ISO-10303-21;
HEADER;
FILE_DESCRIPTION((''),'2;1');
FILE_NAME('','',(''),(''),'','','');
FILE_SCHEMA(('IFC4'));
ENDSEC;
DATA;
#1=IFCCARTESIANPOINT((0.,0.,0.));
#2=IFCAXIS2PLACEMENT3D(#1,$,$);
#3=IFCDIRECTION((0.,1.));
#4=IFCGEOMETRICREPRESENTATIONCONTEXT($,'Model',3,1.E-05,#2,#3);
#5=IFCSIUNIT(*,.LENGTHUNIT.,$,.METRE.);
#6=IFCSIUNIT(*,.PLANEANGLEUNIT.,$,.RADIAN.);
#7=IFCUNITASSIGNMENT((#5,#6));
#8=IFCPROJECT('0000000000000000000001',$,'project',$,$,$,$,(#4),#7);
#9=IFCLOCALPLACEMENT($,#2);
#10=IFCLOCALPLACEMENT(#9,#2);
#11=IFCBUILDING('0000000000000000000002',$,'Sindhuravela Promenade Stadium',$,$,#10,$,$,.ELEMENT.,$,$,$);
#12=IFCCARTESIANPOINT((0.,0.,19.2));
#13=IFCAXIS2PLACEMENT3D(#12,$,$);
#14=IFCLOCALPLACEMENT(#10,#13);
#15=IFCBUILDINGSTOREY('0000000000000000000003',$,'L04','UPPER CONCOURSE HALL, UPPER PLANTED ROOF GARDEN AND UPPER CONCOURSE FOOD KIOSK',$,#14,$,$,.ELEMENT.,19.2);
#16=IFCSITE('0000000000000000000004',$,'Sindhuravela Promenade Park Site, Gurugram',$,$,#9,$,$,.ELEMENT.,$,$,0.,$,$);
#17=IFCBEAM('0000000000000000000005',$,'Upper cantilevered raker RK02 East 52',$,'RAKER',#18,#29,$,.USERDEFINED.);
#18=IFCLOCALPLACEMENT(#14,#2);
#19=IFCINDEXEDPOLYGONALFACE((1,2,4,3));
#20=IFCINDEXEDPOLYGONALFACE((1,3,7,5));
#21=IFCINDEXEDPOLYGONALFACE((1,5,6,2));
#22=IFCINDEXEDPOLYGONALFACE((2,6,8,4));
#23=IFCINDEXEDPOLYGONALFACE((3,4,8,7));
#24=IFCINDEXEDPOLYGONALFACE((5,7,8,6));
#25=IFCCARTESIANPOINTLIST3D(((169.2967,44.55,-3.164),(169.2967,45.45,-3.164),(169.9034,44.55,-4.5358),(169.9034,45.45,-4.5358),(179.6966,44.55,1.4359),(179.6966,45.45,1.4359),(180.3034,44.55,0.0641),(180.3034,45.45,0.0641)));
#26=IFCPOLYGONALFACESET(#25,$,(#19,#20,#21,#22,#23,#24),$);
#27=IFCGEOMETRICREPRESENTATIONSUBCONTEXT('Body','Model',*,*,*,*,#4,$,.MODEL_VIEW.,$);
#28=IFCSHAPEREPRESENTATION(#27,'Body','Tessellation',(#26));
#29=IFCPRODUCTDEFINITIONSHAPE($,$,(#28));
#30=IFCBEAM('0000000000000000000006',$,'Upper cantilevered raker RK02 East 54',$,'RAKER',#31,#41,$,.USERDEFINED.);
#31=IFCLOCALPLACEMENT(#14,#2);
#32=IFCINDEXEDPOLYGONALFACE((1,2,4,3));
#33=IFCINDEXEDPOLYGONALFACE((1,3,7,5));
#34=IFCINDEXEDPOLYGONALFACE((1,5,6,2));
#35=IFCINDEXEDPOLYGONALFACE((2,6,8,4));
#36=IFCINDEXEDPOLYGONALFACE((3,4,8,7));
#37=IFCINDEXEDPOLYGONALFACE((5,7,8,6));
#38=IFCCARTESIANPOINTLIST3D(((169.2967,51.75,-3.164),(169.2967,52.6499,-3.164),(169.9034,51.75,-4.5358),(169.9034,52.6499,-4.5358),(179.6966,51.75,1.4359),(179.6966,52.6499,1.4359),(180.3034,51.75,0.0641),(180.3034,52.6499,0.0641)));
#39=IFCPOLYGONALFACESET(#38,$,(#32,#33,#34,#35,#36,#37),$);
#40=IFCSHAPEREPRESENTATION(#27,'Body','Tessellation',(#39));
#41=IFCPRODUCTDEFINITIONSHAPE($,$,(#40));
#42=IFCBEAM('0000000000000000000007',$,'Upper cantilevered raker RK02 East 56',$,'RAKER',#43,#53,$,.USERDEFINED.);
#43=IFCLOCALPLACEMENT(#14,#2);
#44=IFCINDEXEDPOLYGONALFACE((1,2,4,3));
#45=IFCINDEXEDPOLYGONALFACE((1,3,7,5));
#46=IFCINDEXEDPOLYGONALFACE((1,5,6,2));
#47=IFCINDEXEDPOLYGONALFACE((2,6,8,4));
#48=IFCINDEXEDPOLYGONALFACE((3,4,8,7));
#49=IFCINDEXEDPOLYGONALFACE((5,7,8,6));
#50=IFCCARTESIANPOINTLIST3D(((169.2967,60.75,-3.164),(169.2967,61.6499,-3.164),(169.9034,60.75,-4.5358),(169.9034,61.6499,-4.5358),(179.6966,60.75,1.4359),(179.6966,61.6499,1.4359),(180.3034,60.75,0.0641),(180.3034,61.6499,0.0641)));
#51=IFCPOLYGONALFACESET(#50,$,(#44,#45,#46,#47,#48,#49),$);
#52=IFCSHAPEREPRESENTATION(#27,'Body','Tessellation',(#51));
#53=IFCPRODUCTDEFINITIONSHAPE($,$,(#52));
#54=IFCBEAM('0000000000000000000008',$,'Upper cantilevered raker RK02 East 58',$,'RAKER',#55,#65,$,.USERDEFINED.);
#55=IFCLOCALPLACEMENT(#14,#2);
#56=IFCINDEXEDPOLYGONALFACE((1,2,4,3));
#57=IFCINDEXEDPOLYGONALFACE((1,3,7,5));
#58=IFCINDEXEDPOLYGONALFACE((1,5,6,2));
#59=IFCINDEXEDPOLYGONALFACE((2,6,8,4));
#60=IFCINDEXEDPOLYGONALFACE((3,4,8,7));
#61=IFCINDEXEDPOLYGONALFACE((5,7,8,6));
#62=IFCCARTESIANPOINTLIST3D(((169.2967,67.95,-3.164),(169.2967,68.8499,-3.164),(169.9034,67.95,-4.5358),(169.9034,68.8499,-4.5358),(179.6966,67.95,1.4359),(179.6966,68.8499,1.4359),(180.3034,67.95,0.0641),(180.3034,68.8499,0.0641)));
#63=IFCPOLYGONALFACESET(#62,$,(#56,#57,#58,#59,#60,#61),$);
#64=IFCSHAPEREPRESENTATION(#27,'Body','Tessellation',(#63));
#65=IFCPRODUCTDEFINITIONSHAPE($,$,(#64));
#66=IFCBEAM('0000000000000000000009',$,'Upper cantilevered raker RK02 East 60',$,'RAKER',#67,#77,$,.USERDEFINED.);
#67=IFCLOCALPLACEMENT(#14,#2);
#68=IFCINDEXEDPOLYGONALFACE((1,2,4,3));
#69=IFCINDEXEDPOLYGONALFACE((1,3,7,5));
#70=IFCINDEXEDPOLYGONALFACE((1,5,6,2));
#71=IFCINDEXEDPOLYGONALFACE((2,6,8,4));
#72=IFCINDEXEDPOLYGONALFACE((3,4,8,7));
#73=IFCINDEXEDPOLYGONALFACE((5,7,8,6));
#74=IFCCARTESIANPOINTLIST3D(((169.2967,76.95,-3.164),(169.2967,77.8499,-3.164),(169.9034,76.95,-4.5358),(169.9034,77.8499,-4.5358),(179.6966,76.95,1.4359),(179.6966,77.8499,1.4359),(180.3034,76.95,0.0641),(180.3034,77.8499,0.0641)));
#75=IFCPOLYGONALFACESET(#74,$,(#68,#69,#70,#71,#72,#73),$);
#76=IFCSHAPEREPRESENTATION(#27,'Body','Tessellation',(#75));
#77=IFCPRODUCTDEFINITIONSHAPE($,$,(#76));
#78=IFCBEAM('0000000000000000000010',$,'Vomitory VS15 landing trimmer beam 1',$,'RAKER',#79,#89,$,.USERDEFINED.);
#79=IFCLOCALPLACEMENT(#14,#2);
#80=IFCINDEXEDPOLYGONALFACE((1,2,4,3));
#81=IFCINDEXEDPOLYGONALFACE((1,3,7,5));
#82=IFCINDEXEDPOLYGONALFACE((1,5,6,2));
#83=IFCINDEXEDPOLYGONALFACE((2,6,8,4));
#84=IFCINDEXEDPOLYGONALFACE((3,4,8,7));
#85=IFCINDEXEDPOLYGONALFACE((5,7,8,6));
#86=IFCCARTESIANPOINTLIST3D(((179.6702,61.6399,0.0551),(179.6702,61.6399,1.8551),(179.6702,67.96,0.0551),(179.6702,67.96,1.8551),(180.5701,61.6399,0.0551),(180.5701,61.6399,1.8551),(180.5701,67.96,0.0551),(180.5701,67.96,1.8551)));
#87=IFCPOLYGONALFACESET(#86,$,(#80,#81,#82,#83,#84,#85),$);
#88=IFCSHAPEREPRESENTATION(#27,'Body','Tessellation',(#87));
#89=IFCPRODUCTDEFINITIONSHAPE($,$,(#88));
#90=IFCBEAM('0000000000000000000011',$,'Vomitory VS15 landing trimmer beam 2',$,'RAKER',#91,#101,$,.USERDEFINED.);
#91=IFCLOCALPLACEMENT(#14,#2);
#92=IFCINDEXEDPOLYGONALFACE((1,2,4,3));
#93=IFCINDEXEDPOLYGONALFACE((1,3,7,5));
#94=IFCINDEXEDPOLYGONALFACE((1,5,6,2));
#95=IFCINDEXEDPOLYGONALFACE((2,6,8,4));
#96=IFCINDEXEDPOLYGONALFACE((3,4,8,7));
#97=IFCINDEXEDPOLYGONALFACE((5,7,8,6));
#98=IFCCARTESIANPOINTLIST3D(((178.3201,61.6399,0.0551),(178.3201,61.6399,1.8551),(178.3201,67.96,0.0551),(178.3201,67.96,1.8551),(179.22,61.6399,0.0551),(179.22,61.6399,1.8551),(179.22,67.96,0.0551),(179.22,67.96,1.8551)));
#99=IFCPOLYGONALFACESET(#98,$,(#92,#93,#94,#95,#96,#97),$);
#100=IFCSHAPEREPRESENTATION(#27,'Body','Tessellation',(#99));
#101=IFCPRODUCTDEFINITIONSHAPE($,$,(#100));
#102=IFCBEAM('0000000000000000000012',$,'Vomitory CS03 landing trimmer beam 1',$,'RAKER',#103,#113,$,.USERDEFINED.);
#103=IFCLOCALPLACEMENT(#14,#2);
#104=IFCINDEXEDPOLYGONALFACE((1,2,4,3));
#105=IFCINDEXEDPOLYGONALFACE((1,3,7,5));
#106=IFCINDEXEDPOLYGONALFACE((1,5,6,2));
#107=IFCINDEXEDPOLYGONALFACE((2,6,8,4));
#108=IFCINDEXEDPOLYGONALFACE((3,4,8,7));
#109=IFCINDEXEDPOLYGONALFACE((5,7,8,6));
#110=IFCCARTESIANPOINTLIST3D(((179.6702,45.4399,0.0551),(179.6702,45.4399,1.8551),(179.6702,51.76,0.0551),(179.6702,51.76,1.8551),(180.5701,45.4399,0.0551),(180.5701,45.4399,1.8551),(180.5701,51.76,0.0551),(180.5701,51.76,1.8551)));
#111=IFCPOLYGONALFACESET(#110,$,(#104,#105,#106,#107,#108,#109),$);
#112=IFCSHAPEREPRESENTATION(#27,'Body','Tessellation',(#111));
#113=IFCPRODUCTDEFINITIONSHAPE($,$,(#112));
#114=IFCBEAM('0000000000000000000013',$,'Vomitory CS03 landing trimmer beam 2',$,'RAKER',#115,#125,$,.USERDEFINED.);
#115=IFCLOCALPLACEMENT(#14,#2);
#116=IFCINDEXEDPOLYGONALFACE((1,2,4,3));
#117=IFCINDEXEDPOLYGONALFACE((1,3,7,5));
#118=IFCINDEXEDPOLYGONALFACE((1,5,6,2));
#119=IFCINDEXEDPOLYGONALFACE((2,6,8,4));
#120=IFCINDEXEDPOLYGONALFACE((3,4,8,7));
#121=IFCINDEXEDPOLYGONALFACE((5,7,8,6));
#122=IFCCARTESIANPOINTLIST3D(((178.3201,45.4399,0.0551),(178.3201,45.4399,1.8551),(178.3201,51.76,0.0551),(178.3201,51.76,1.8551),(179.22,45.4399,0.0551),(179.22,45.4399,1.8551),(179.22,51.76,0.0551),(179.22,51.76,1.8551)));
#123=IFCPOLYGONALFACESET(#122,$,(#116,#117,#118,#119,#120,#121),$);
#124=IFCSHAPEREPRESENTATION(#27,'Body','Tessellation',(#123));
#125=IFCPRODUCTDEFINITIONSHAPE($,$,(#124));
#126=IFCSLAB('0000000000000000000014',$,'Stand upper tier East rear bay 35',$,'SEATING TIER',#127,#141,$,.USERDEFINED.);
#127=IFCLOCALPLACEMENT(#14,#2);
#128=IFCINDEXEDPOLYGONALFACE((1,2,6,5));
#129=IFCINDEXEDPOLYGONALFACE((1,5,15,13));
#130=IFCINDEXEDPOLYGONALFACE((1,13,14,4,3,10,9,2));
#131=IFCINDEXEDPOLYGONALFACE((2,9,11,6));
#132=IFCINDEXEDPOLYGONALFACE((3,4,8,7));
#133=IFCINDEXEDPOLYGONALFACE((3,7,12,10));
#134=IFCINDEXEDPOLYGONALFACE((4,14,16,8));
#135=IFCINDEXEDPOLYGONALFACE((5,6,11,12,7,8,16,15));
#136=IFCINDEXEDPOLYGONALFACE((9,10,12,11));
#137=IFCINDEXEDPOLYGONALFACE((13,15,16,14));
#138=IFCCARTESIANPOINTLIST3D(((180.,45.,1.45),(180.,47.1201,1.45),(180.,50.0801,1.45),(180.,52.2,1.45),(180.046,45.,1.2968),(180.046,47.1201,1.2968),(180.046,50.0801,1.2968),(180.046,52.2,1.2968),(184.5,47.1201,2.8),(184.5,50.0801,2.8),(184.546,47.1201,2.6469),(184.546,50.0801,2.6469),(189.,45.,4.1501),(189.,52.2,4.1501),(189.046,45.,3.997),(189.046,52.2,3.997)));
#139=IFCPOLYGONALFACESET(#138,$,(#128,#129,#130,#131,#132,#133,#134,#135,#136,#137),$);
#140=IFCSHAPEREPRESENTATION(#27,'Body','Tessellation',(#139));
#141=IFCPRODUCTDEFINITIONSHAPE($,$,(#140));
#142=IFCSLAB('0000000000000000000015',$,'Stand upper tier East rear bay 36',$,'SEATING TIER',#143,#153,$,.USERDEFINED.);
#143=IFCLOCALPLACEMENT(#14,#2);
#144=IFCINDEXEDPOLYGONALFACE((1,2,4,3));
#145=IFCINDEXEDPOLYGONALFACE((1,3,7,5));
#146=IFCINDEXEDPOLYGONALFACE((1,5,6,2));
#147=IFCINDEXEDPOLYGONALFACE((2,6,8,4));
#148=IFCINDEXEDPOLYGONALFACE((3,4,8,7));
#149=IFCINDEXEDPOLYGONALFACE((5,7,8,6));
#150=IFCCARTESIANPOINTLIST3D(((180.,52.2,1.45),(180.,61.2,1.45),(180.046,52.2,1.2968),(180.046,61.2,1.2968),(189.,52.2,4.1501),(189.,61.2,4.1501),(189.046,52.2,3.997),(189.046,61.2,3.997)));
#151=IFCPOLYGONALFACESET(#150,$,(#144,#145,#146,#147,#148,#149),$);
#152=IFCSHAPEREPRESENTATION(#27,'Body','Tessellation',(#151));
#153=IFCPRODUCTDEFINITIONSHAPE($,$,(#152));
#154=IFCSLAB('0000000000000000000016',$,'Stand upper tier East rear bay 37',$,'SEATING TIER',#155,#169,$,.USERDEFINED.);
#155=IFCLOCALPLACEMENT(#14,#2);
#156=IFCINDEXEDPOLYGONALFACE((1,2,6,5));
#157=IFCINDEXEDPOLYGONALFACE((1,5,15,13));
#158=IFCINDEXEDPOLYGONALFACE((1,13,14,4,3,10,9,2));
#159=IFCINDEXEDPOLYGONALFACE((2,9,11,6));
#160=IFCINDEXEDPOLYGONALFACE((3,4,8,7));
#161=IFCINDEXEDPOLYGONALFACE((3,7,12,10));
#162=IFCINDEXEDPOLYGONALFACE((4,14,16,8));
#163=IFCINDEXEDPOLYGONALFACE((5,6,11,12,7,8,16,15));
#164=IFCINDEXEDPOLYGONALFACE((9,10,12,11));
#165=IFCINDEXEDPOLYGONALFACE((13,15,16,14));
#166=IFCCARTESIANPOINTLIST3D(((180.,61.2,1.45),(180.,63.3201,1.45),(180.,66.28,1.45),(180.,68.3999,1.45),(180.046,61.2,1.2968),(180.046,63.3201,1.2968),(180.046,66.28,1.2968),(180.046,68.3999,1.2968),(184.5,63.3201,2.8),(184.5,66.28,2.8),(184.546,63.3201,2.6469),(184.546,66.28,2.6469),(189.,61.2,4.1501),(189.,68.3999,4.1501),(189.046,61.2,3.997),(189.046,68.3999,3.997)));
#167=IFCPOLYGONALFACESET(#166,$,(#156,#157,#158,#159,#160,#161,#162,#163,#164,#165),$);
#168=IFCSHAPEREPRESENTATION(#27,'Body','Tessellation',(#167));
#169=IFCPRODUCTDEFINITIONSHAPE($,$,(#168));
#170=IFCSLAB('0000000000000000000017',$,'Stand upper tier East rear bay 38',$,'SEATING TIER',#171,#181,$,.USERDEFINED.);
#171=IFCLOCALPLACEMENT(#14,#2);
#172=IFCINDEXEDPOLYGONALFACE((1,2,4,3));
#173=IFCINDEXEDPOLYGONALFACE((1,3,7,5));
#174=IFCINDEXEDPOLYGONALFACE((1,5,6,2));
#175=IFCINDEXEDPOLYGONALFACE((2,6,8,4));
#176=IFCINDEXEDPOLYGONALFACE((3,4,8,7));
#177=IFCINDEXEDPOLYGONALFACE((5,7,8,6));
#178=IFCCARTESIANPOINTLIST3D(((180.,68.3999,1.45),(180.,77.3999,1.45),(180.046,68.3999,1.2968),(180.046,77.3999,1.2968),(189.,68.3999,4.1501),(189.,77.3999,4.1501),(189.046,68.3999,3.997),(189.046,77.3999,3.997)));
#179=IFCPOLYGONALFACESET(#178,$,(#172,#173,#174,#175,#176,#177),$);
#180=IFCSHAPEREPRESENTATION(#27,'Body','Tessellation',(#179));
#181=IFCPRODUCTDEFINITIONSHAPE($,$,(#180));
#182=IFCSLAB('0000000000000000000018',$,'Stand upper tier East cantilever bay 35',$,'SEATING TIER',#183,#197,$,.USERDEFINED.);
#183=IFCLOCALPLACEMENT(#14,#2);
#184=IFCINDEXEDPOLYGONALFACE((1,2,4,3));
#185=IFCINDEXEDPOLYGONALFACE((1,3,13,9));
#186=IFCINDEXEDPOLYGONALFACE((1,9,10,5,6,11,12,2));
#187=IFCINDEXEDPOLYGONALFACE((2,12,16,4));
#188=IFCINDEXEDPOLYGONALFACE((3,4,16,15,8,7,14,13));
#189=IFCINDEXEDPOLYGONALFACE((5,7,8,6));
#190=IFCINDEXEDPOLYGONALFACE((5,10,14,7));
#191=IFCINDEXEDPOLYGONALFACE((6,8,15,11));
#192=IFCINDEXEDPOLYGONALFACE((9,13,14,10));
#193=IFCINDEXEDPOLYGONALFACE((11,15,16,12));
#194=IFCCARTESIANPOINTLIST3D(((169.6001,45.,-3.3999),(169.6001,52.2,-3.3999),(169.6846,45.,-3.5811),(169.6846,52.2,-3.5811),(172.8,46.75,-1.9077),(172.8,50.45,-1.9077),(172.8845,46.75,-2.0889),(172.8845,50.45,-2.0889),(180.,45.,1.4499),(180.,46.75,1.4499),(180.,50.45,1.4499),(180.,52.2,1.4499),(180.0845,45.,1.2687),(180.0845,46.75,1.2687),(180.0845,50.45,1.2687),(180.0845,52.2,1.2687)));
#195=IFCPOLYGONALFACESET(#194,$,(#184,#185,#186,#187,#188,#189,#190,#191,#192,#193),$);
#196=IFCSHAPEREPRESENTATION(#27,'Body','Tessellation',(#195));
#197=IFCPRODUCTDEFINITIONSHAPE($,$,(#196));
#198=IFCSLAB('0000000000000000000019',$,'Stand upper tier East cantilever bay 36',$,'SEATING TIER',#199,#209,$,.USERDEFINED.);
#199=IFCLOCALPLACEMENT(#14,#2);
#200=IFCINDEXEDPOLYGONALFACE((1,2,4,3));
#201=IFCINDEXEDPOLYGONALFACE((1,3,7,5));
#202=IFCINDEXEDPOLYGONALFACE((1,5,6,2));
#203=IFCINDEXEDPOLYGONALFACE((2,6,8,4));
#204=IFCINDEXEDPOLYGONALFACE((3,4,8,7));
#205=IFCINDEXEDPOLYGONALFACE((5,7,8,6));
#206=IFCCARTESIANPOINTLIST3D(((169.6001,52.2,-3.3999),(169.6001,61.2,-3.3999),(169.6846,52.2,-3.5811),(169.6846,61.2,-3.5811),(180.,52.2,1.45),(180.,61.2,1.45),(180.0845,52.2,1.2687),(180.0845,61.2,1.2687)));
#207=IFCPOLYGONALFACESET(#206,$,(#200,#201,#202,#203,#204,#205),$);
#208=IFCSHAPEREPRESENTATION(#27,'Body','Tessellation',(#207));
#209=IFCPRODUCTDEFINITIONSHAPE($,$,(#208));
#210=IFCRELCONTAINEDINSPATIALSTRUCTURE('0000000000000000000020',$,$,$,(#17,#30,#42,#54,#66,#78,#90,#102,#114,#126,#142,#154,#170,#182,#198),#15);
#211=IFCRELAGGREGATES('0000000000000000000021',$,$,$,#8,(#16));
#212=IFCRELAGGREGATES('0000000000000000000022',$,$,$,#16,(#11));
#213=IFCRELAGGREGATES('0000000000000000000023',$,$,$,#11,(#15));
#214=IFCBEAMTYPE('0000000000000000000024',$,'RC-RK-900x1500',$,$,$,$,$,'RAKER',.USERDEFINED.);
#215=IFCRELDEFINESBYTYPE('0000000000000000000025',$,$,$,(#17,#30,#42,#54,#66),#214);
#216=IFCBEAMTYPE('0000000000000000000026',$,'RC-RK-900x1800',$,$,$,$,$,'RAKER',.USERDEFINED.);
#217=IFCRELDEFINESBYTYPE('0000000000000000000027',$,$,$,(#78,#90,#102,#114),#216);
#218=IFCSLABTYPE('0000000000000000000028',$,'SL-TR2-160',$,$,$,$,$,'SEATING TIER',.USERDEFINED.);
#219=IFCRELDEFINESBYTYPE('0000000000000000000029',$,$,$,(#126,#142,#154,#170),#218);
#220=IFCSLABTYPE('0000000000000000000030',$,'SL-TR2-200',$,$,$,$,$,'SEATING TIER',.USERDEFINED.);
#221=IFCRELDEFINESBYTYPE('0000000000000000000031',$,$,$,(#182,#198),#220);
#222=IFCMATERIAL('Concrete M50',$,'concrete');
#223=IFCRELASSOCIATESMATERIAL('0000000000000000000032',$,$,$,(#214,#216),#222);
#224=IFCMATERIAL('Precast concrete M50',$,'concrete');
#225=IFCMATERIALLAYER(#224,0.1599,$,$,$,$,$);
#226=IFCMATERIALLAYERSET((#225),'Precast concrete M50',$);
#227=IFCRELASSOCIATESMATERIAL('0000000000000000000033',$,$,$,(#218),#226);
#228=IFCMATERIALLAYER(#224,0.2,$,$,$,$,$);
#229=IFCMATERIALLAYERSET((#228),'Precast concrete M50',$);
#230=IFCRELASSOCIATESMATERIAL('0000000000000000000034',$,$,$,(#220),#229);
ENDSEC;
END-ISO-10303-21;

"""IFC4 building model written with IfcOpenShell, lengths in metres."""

from ifc_helpers import new_model, si_unit, direction, frame, origin, origin_2d, place, context, subcontext, project, spatial, polyline, rectangle, outline, extrude, material, layer, layer_set, material_profile, profile_set, type_object, element, save


model = new_model("IFC4")

# Units and contexts
model_context = context("Model", 3, precision=1e-05, world=origin(), true_north=direction((0.0, 1.0)))
body_context = subcontext(model_context, "Body", "Model", "MODEL_VIEW")
ifc_project = project(units=[si_unit("LENGTHUNIT", "METRE"), si_unit("PLANEANGLEUNIT", "RADIAN")], contexts=[model_context])

# Site, building, storey
site_placement = place(None, origin())
site = spatial("IfcSite", under=ifc_project, at=site_placement, Name="Sindhuravela Promenade Park Site, Gurugram", CompositionType="ELEMENT", RefElevation=0.0)
building_placement = place(site_placement, origin())
building = spatial("IfcBuilding", under=site, at=building_placement, Name="Sindhuravela Promenade Stadium", CompositionType="ELEMENT")
storey_placement = place(building_placement, frame((0.0, 0.0, 19.2)))
storey = spatial("IfcBuildingStorey", under=building, at=storey_placement, Name="L04", Description="UPPER CONCOURSE HALL, UPPER PLANTED ROOF GARDEN AND UPPER CONCOURSE FOOD KIOSK", CompositionType="ELEMENT", Elevation=19.2)

# Beams
ifc_material_1 = material(Name="Concrete M50", Category="concrete")
ifc_material_profile_1 = material_profile(ifc_material_1, rectangle(XDim=0.8999, YDim=1.5, at=origin_2d()), Name="RC 900x1500")
ifc_profile_set_1 = profile_set([ifc_material_profile_1], Name="Concrete M50")
beam_type_1 = type_object("IfcBeamType", Name="RC-RK-900x1500", ElementType="RAKER", PredefinedType="USERDEFINED", material=ifc_profile_set_1)
for number, where, z_axis, x_axis, name in (
    (1, (180.0, 45.0, 0.75), (-0.914539, 0.0, -0.404498), (0.0, -1.0, 0.0), "Upper cantilevered raker RK02 East 52"),
    (2, (180.0, 52.2, 0.75), (-0.914539, 0.0, -0.404498), (0.0, -1.0, 0.0), "Upper cantilevered raker RK02 East 54"),
    (3, (180.0, 61.2, 0.75), (-0.914539, 0.0, -0.404498), (0.0, -1.0, 0.0), "Upper cantilevered raker RK02 East 56"),
    (4, (180.0, 68.3999, 0.75), (-0.914539, 0.0, -0.404498), (0.0, -1.0, 0.0), "Upper cantilevered raker RK02 East 58"),
    (5, (180.0, 77.3999, 0.75), (-0.914539, 0.0, -0.404498), (0.0, -1.0, 0.0), "Upper cantilevered raker RK02 East 60"),
):
    element("IfcBeam", number, at=place(storey_placement, frame(where, z_axis=z_axis, x_axis=x_axis)), inside=storey, type_object=beam_type_1, Name=name, ObjectType="RAKER", PredefinedType="USERDEFINED", context=body_context, shape_type="SweptSolid", body=[
        extrude(rectangle(XDim=0.8999, YDim=1.5, at=origin_2d()), origin(), (0.0, 0.0, 1.0), 11.3718),
    ])
ifc_material_profile_2 = material_profile(ifc_material_1, rectangle(XDim=0.8999, YDim=1.8, at=origin_2d()), Name="RC 900x1800")
ifc_profile_set_2 = profile_set([ifc_material_profile_2], Name="Concrete M50")
beam_type_2 = type_object("IfcBeamType", Name="RC-RK-900x1800", ElementType="RAKER", PredefinedType="USERDEFINED", material=ifc_profile_set_2)
for number, where, z_axis, x_axis, name in (
    (6, (180.1201, 61.6399, 0.9551), (0.0, 1.0, 0.0), (-1.0, 0.0, 0.0), "Vomitory VS15 landing trimmer beam 1"),
    (7, (178.77, 61.6399, 0.9551), (0.0, 1.0, 0.0), (-1.0, 0.0, 0.0), "Vomitory VS15 landing trimmer beam 2"),
    (8, (180.1201, 45.4399, 0.9551), (0.0, 1.0, 0.0), (-1.0, 0.0, 0.0), "Vomitory CS03 landing trimmer beam 1"),
    (9, (178.77, 45.4399, 0.9551), (0.0, 1.0, 0.0), (-1.0, 0.0, 0.0), "Vomitory CS03 landing trimmer beam 2"),
):
    element("IfcBeam", number, at=place(storey_placement, frame(where, z_axis=z_axis, x_axis=x_axis)), inside=storey, type_object=beam_type_2, Name=name, ObjectType="RAKER", PredefinedType="USERDEFINED", context=body_context, shape_type="SweptSolid", body=[
        extrude(rectangle(XDim=0.8999, YDim=1.8, at=origin_2d()), origin(), (0.0, 0.0, 1.0), 6.3201),
    ])

# Slabs
ifc_material_2 = material(Name="Precast concrete M50", Category="concrete")
ifc_layer_1 = layer(ifc_material_2, 0.1599)
ifc_layer_set_1 = layer_set([ifc_layer_1], Name="Precast concrete M50")
slab_type_1 = type_object("IfcSlabType", Name="SL-TR2-160", ElementType="SEATING TIER", PredefinedType="USERDEFINED", material=ifc_layer_set_1)
slab_1_placement = place(storey_placement, frame((180.0, 52.2, 1.45), z_axis=(-0.287367, 0.0, 0.957821), x_axis=(0.0, -1.0, 0.0)))
element("IfcSlab", 10, at=slab_1_placement, inside=storey, type_object=slab_type_1, Name="Stand upper tier East rear bay 35", ObjectType="SEATING TIER", PredefinedType="USERDEFINED", context=body_context, shape_type="SweptSolid", body=[
    extrude(outline(polyline([(0.0, 0.0), (2.1199, 0.0), (2.1199, 4.6982), (5.0798, 4.6982), (5.0798, 0.0), (7.2, 0.0), (7.2, 9.3963), (0.0, 9.3963), (0.0, 0.0)])), origin(), (0.0, 0.0, -1.0), 0.1599),
])
slab_2_placement = place(storey_placement, frame((180.0, 61.2, 1.45), z_axis=(-0.287367, 0.0, 0.957821), x_axis=(0.0, -1.0, 0.0)))
element("IfcSlab", 11, at=slab_2_placement, inside=storey, type_object=slab_type_1, Name="Stand upper tier East rear bay 36", ObjectType="SEATING TIER", PredefinedType="USERDEFINED", context=body_context, shape_type="SweptSolid", body=[
    extrude(outline(polyline([(0.0, 0.0), (9.0, 0.0), (9.0, 9.3963), (0.0, 9.3963), (0.0, 0.0)])), origin(), (0.0, 0.0, -1.0), 0.1599),
])
slab_3_placement = place(storey_placement, frame((180.0, 68.3999, 1.45), z_axis=(-0.287367, 0.0, 0.957821), x_axis=(0.0, -1.0, 0.0)))
element("IfcSlab", 12, at=slab_3_placement, inside=storey, type_object=slab_type_1, Name="Stand upper tier East rear bay 37", ObjectType="SEATING TIER", PredefinedType="USERDEFINED", context=body_context, shape_type="SweptSolid", body=[
    extrude(outline(polyline([(0.0, 0.0), (2.1199, 0.0), (2.1199, 4.6982), (5.0798, 4.6982), (5.0798, 0.0), (7.2, 0.0), (7.2, 9.3963), (0.0, 9.3963), (0.0, 0.0)])), origin(), (0.0, 0.0, -1.0), 0.1599),
])
slab_4_placement = place(storey_placement, frame((180.0, 77.3999, 1.45), z_axis=(-0.287367, 0.0, 0.957821), x_axis=(0.0, -1.0, 0.0)))
element("IfcSlab", 13, at=slab_4_placement, inside=storey, type_object=slab_type_1, Name="Stand upper tier East rear bay 38", ObjectType="SEATING TIER", PredefinedType="USERDEFINED", context=body_context, shape_type="SweptSolid", body=[
    extrude(outline(polyline([(0.0, 0.0), (9.0, 0.0), (9.0, 9.3963), (0.0, 9.3963), (0.0, 0.0)])), origin(), (0.0, 0.0, -1.0), 0.1599),
])
ifc_layer_2 = layer(ifc_material_2, 0.2)
ifc_layer_set_2 = layer_set([ifc_layer_2], Name="Precast concrete M50")
slab_type_2 = type_object("IfcSlabType", Name="SL-TR2-200", ElementType="SEATING TIER", PredefinedType="USERDEFINED", material=ifc_layer_set_2)
slab_5_placement = place(storey_placement, frame((169.6001, 52.2, -3.3999), z_axis=(-0.422636, 0.0, 0.9063), x_axis=(0.0, -1.0, 0.0)))
element("IfcSlab", 14, at=slab_5_placement, inside=storey, type_object=slab_type_2, Name="Stand upper tier East cantilever bay 35", ObjectType="SEATING TIER", PredefinedType="USERDEFINED", context=body_context, shape_type="SweptSolid", body=[
    extrude(outline(polyline([(0.0, 0.0), (7.2, 0.0), (7.2, 11.4751), (5.45, 11.4751), (5.45, 3.5308), (1.75, 3.5308), (1.75, 11.4751), (0.0, 11.4751), (0.0, 0.0)])), origin(), (0.0, 0.0, -1.0), 0.2),
])
slab_6_placement = place(storey_placement, frame((169.6001, 61.2, -3.3999), z_axis=(-0.42264, 0.0, 0.906298), x_axis=(0.0, -1.0, 0.0)))
element("IfcSlab", 15, at=slab_6_placement, inside=storey, type_object=slab_type_2, Name="Stand upper tier East cantilever bay 36", ObjectType="SEATING TIER", PredefinedType="USERDEFINED", context=body_context, shape_type="SweptSolid", body=[
    extrude(outline(polyline([(0.0, 0.0), (9.0, 0.0), (9.0, 11.4751), (0.0, 11.4751), (0.0, 0.0)])), origin(), (0.0, 0.0, -1.0), 0.2),
])

save(model, "model.ifc")
